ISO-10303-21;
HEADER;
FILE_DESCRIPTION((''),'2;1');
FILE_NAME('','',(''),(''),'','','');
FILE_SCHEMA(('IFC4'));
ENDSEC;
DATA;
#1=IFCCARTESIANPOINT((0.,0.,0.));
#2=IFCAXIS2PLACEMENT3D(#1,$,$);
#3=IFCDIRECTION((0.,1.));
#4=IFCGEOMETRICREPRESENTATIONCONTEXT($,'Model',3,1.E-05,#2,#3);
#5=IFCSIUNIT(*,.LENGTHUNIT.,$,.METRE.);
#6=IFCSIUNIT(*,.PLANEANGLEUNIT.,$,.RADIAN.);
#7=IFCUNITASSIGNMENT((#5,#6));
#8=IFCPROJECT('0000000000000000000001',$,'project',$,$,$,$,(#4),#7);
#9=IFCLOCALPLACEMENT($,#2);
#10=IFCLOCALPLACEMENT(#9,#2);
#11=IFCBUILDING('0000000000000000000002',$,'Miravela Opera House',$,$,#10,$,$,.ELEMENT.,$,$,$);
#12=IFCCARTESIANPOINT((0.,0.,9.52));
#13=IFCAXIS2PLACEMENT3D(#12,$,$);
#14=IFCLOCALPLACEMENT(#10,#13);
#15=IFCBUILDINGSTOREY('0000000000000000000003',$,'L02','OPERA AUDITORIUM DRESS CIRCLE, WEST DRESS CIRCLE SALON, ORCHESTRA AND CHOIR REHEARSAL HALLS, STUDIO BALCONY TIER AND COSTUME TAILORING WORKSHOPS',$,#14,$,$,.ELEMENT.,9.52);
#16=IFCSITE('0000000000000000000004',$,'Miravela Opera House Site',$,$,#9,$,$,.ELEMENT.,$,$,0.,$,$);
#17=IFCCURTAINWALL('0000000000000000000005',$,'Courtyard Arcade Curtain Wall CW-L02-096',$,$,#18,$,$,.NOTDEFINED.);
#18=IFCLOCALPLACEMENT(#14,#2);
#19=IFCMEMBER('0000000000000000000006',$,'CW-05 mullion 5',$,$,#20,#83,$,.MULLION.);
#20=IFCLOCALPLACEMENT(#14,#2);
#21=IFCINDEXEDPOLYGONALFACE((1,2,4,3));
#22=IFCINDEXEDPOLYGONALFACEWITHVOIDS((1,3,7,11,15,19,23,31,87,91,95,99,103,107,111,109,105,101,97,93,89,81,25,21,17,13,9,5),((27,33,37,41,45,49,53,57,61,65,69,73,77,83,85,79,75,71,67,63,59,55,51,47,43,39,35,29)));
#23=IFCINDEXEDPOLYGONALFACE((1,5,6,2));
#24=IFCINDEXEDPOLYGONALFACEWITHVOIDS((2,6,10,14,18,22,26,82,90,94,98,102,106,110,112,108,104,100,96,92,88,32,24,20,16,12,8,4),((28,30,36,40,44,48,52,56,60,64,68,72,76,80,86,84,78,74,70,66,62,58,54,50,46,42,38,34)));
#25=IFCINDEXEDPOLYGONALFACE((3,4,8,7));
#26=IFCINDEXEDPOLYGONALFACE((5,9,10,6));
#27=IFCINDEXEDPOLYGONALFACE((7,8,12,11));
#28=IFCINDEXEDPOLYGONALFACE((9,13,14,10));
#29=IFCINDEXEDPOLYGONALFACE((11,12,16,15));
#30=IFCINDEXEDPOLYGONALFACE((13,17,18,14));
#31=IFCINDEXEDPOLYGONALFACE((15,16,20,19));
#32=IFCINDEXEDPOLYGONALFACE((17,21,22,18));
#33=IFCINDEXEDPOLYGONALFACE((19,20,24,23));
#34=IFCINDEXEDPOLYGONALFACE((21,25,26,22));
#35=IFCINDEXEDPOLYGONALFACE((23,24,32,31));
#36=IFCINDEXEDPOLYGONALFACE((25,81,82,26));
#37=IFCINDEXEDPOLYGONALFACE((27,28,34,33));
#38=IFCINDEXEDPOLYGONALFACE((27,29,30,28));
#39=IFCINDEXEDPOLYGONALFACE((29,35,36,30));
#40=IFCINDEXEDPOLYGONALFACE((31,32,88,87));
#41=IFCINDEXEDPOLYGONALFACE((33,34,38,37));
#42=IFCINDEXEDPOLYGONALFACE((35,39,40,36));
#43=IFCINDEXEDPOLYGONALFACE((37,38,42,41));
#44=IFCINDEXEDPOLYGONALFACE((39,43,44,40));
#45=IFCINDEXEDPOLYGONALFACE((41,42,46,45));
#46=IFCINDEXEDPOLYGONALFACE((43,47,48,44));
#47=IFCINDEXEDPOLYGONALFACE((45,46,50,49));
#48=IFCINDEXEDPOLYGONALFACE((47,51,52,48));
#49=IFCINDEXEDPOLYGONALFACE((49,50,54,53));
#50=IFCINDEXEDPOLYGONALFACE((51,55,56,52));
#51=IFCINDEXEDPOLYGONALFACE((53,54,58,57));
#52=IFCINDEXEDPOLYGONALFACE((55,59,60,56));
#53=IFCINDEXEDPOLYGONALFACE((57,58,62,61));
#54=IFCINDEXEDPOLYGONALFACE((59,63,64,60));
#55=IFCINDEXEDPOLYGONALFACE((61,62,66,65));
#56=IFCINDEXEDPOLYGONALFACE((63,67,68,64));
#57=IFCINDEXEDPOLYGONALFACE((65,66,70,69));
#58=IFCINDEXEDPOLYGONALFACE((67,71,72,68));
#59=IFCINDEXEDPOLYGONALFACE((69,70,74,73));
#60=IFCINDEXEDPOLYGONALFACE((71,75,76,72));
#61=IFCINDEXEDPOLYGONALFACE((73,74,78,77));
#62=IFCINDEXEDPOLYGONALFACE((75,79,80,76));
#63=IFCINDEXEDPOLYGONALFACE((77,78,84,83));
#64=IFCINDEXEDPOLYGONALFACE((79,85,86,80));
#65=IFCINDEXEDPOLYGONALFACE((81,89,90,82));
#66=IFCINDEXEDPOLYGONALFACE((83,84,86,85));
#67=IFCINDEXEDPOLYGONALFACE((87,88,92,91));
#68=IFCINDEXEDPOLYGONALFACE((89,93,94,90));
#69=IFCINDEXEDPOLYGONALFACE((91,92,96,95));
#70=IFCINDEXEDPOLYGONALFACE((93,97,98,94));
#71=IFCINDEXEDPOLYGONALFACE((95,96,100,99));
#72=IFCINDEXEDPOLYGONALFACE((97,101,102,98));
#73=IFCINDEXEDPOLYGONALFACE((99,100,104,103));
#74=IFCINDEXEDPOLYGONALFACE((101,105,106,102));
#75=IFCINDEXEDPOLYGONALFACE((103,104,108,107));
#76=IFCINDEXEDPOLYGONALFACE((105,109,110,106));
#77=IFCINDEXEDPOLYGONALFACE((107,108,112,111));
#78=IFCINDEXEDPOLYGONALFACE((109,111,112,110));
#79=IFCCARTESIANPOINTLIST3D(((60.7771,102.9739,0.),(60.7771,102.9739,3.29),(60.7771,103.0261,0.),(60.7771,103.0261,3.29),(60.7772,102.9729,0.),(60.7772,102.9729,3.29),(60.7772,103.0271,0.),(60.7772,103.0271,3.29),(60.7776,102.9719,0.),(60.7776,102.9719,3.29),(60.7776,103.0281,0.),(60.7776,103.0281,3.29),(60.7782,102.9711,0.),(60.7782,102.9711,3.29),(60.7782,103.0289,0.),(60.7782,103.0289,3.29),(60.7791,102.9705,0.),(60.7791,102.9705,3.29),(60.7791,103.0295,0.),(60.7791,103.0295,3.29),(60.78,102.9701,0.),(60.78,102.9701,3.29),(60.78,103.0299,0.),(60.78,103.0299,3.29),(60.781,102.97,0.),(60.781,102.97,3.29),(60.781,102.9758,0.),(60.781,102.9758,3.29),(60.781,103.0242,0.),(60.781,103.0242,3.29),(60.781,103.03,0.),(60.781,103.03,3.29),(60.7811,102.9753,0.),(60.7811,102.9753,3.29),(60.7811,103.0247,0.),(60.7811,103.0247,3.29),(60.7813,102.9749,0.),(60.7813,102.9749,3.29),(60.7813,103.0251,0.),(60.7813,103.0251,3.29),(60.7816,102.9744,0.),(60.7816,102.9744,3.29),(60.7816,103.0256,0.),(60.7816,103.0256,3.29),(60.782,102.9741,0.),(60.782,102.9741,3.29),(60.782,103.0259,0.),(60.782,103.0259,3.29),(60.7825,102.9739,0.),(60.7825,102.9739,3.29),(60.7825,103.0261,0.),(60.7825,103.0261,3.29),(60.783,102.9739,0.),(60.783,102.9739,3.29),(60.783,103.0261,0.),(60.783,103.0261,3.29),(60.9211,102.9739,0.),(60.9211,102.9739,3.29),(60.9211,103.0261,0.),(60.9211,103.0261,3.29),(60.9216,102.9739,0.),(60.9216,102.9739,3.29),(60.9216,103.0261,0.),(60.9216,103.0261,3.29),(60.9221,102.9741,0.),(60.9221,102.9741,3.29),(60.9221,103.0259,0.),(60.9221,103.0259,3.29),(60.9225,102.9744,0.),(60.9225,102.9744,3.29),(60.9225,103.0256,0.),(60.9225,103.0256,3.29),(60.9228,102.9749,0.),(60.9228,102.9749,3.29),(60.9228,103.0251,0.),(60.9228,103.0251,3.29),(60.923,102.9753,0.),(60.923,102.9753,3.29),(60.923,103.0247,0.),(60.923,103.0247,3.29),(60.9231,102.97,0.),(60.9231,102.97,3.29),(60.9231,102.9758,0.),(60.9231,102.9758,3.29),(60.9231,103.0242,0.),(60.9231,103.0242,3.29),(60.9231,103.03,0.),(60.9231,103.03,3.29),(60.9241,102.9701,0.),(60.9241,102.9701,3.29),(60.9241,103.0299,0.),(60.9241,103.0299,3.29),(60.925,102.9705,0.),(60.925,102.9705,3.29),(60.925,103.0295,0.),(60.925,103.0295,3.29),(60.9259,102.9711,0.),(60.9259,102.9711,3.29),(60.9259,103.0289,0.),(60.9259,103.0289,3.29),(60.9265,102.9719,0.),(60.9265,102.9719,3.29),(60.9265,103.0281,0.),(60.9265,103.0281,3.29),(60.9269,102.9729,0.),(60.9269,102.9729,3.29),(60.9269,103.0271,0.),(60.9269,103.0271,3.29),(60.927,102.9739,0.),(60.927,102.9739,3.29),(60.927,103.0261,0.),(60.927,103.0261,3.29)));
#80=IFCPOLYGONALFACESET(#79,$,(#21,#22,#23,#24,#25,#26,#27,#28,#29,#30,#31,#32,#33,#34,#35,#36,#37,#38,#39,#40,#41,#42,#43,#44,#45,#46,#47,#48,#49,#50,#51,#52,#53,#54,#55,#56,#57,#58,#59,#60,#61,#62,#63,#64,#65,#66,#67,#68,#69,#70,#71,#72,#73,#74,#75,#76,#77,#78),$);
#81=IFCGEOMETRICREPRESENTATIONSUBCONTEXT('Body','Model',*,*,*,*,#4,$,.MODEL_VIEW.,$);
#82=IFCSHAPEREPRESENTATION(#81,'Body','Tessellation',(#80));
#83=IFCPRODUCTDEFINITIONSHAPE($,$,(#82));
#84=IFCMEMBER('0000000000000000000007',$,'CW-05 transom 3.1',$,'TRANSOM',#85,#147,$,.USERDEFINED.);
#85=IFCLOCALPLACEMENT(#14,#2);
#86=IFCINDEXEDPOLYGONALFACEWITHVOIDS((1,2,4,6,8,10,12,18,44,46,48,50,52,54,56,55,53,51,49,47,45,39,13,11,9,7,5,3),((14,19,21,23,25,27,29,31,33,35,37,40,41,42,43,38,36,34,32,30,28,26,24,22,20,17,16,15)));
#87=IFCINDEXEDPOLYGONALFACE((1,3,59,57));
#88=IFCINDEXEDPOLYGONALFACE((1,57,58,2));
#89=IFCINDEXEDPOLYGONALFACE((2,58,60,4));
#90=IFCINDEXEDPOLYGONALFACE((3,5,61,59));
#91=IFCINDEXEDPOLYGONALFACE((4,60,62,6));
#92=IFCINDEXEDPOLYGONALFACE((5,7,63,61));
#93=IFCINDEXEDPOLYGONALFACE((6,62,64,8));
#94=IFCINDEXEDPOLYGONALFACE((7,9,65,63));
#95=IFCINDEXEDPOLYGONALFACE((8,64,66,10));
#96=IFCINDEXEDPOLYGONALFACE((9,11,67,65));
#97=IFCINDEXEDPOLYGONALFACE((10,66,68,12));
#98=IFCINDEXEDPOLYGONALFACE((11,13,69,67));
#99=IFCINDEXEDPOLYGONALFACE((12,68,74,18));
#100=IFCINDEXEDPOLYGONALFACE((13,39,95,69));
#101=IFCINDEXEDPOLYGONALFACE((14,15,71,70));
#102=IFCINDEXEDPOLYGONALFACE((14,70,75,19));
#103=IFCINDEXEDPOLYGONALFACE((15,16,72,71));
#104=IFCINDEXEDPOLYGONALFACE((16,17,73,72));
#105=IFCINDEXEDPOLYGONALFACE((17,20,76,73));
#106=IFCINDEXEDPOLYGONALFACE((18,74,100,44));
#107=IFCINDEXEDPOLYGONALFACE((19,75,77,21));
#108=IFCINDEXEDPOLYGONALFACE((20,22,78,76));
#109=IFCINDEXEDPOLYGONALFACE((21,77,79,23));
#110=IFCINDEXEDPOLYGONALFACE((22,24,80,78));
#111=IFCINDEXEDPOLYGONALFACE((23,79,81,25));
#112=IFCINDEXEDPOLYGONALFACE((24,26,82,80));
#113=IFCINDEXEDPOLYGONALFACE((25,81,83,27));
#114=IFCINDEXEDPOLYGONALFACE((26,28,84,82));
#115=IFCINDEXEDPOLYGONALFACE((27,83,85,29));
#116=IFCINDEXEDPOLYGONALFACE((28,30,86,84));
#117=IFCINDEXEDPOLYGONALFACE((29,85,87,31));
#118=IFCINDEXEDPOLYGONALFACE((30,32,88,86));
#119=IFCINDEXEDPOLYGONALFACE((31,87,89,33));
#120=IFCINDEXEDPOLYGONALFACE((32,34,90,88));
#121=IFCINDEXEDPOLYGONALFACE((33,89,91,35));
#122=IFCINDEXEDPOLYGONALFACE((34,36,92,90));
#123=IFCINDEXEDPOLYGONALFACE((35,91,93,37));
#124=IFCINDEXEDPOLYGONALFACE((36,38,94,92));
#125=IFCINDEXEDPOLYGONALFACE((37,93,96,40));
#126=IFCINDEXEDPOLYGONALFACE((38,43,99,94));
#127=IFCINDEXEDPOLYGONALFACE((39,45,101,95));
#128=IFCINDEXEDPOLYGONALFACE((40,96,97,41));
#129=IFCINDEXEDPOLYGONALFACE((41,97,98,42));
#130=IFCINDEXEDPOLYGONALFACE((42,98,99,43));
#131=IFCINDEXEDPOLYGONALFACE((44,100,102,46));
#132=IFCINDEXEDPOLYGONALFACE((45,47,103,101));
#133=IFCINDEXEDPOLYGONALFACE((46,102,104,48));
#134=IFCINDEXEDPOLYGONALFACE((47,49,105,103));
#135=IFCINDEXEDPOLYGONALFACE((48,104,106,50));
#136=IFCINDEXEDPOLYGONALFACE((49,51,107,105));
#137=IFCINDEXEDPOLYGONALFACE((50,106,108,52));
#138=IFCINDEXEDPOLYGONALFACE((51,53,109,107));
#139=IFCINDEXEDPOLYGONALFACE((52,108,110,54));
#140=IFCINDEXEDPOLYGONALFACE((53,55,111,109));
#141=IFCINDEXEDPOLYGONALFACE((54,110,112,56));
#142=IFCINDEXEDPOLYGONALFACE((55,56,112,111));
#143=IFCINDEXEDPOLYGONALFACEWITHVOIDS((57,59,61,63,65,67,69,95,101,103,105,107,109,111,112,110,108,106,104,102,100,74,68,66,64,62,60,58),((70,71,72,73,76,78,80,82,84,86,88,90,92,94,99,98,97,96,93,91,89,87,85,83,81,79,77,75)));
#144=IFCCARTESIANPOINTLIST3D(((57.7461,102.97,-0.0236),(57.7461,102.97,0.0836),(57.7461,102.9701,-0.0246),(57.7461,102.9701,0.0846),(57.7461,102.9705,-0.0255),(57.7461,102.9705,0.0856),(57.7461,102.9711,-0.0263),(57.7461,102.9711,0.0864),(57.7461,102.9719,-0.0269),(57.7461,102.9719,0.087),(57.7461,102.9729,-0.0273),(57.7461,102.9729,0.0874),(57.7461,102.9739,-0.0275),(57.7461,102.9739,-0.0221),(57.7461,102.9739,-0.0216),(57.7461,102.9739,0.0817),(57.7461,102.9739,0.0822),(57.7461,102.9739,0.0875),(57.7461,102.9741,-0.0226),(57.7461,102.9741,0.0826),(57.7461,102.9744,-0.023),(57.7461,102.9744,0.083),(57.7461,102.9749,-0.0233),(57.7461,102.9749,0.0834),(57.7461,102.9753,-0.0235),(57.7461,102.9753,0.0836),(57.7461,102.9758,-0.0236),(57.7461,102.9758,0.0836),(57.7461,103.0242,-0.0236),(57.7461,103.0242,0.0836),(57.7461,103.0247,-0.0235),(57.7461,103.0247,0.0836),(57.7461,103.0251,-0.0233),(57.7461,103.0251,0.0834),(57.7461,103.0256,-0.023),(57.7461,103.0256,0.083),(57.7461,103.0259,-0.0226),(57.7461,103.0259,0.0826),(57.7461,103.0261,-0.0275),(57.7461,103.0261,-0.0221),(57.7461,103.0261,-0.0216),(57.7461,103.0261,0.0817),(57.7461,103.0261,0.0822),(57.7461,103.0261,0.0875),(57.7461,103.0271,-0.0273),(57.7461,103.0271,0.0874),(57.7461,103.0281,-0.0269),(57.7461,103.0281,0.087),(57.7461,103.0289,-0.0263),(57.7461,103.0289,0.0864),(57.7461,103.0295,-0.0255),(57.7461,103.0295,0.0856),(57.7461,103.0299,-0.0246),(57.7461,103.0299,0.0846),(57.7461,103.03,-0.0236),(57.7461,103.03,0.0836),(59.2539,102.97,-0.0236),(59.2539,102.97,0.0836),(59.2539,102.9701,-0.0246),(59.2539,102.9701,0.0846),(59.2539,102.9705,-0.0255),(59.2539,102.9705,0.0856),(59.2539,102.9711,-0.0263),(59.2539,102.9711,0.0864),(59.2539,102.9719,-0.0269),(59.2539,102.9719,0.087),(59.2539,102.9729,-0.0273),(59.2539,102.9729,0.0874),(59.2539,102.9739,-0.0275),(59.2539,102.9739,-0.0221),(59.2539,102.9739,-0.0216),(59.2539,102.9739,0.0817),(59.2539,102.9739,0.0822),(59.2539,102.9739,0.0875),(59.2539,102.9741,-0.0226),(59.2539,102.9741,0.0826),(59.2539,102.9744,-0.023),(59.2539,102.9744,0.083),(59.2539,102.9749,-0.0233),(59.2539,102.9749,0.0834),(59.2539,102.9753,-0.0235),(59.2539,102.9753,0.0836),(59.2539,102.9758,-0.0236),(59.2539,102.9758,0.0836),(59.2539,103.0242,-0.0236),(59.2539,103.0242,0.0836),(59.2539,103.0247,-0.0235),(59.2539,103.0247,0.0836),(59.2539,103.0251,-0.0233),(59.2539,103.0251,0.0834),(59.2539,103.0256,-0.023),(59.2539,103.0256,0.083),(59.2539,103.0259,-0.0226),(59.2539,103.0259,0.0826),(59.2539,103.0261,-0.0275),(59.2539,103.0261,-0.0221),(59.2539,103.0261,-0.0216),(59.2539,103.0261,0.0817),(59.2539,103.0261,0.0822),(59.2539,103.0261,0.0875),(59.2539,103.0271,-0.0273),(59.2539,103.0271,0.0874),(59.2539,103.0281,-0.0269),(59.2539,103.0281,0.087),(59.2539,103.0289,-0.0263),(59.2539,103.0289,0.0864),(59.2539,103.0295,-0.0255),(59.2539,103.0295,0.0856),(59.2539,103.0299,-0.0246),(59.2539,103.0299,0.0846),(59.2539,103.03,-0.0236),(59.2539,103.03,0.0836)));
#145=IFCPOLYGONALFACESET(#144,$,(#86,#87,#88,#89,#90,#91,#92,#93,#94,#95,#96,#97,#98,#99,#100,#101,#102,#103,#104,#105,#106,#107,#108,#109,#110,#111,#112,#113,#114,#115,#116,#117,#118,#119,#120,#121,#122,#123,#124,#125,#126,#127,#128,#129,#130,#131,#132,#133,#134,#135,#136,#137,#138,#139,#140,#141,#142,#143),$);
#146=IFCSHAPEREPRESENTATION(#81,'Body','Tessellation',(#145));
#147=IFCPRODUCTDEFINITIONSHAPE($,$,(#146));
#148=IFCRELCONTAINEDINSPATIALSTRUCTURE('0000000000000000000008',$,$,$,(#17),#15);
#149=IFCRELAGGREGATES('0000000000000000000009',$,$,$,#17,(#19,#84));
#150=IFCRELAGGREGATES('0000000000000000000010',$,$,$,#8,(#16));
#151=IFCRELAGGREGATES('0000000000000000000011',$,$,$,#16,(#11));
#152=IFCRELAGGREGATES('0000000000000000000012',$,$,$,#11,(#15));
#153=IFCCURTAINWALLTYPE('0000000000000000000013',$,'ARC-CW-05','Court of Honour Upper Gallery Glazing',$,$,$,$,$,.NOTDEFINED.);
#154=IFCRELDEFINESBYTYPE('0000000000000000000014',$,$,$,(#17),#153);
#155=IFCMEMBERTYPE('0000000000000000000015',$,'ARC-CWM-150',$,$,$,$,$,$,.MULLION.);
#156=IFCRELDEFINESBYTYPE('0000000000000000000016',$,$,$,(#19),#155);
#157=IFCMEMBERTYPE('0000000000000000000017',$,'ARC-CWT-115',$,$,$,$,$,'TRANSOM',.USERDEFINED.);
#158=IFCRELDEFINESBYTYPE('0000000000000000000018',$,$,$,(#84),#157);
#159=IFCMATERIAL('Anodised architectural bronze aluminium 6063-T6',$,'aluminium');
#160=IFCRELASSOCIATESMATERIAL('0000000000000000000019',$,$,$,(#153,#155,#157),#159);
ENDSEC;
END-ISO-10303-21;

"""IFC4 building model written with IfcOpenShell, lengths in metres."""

from ifc_helpers import new_model, si_unit, direction, frame, origin, origin_2d, place, context, subcontext, project, spatial, hollow_rectangle, extrude, material, material_profile, profile_set, type_object, element, aggregate, save


model = new_model("IFC4")

# Units and contexts
model_context = context("Model", 3, precision=1e-05, world=origin(), true_north=direction((0.0, 1.0)))
body_context = subcontext(model_context, "Body", "Model", "MODEL_VIEW")
ifc_project = project(units=[si_unit("LENGTHUNIT", "METRE"), si_unit("PLANEANGLEUNIT", "RADIAN")], contexts=[model_context])

# Site, building, storey
site_placement = place(None, origin())
site = spatial("IfcSite", under=ifc_project, at=site_placement, Name="Miravela Opera House Site", CompositionType="ELEMENT", RefElevation=0.0)
building_placement = place(site_placement, origin())
building = spatial("IfcBuilding", under=site, at=building_placement, Name="Miravela Opera House", CompositionType="ELEMENT")
storey_placement = place(building_placement, frame((0.0, 0.0, 9.52)))
storey = spatial("IfcBuildingStorey", under=building, at=storey_placement, Name="L02", Description="OPERA AUDITORIUM DRESS CIRCLE, WEST DRESS CIRCLE SALON, ORCHESTRA AND CHOIR REHEARSAL HALLS, STUDIO BALCONY TIER AND COSTUME TAILORING WORKSHOPS", CompositionType="ELEMENT", Elevation=9.52)

# Curtain wall, members
ifc_material_1 = material(Name="Anodised architectural bronze aluminium 6063-T6", Category="aluminium")
curtain_wall_type = type_object("IfcCurtainWallType", Name="ARC-CW-05", Description="Court of Honour Upper Gallery Glazing", PredefinedType="NOTDEFINED", material=ifc_material_1)
curtain_wall_placement = place(storey_placement, origin())
curtain_wall = element("IfcCurtainWall", 1, at=curtain_wall_placement, inside=storey, type_object=curtain_wall_type, Name="Courtyard Arcade Curtain Wall CW-L02-096", PredefinedType="NOTDEFINED")
ifc_material_profile_1 = material_profile(ifc_material_1, hollow_rectangle(XDim=0.0601, YDim=0.1499, WallThickness=0.0039, InnerFilletRadius=0.002, OuterFilletRadius=0.0039, at=origin_2d()), Name="CWM-60X150")
ifc_profile_set_1 = profile_set([ifc_material_profile_1])
member_type_1 = type_object("IfcMemberType", Name="ARC-CWM-150", PredefinedType="MULLION", material=ifc_profile_set_1)
member_1_placement = place(storey_placement, frame((60.8521, 103.0, 0.0), z_axis=(0.0, 0.0, 1.0), x_axis=(0.0, 1.0, 0.0)))
member_1 = element("IfcMember", 2, at=member_1_placement, type_object=member_type_1, Name="CW-05 mullion 5", PredefinedType="MULLION", context=body_context, shape_type="SweptSolid", body=[
    extrude(hollow_rectangle(XDim=0.0601, YDim=0.1499, WallThickness=0.0039, InnerFilletRadius=0.002, OuterFilletRadius=0.0039, at=origin_2d()), origin(), (0.0, 0.0, 1.0), 3.29),
])
ifc_material_profile_2 = material_profile(ifc_material_1, hollow_rectangle(XDim=0.0601, YDim=0.115, WallThickness=0.0039, InnerFilletRadius=0.002, OuterFilletRadius=0.0039, at=origin_2d()), Name="CWT-60X115")
ifc_profile_set_2 = profile_set([ifc_material_profile_2])
member_type_2 = type_object("IfcMemberType", Name="ARC-CWT-115", ElementType="TRANSOM", PredefinedType="USERDEFINED", material=ifc_profile_set_2)
member_2_placement = place(storey_placement, frame((57.7461, 103.0, 0.03), z_axis=(1.0, 0.0, 0.0), x_axis=(0.0, 1.0, 0.0)))
member_2 = element("IfcMember", 3, at=member_2_placement, type_object=member_type_2, Name="CW-05 transom 3.1", ObjectType="TRANSOM", PredefinedType="USERDEFINED", context=body_context, shape_type="SweptSolid", body=[
    extrude(hollow_rectangle(XDim=0.0601, YDim=0.115, WallThickness=0.0039, InnerFilletRadius=0.002, OuterFilletRadius=0.0039, at=origin_2d()), origin(), (0.0, 0.0, 1.0), 1.5078),
])
aggregate(curtain_wall, [member_1, member_2])

save(model, "model.ifc")
